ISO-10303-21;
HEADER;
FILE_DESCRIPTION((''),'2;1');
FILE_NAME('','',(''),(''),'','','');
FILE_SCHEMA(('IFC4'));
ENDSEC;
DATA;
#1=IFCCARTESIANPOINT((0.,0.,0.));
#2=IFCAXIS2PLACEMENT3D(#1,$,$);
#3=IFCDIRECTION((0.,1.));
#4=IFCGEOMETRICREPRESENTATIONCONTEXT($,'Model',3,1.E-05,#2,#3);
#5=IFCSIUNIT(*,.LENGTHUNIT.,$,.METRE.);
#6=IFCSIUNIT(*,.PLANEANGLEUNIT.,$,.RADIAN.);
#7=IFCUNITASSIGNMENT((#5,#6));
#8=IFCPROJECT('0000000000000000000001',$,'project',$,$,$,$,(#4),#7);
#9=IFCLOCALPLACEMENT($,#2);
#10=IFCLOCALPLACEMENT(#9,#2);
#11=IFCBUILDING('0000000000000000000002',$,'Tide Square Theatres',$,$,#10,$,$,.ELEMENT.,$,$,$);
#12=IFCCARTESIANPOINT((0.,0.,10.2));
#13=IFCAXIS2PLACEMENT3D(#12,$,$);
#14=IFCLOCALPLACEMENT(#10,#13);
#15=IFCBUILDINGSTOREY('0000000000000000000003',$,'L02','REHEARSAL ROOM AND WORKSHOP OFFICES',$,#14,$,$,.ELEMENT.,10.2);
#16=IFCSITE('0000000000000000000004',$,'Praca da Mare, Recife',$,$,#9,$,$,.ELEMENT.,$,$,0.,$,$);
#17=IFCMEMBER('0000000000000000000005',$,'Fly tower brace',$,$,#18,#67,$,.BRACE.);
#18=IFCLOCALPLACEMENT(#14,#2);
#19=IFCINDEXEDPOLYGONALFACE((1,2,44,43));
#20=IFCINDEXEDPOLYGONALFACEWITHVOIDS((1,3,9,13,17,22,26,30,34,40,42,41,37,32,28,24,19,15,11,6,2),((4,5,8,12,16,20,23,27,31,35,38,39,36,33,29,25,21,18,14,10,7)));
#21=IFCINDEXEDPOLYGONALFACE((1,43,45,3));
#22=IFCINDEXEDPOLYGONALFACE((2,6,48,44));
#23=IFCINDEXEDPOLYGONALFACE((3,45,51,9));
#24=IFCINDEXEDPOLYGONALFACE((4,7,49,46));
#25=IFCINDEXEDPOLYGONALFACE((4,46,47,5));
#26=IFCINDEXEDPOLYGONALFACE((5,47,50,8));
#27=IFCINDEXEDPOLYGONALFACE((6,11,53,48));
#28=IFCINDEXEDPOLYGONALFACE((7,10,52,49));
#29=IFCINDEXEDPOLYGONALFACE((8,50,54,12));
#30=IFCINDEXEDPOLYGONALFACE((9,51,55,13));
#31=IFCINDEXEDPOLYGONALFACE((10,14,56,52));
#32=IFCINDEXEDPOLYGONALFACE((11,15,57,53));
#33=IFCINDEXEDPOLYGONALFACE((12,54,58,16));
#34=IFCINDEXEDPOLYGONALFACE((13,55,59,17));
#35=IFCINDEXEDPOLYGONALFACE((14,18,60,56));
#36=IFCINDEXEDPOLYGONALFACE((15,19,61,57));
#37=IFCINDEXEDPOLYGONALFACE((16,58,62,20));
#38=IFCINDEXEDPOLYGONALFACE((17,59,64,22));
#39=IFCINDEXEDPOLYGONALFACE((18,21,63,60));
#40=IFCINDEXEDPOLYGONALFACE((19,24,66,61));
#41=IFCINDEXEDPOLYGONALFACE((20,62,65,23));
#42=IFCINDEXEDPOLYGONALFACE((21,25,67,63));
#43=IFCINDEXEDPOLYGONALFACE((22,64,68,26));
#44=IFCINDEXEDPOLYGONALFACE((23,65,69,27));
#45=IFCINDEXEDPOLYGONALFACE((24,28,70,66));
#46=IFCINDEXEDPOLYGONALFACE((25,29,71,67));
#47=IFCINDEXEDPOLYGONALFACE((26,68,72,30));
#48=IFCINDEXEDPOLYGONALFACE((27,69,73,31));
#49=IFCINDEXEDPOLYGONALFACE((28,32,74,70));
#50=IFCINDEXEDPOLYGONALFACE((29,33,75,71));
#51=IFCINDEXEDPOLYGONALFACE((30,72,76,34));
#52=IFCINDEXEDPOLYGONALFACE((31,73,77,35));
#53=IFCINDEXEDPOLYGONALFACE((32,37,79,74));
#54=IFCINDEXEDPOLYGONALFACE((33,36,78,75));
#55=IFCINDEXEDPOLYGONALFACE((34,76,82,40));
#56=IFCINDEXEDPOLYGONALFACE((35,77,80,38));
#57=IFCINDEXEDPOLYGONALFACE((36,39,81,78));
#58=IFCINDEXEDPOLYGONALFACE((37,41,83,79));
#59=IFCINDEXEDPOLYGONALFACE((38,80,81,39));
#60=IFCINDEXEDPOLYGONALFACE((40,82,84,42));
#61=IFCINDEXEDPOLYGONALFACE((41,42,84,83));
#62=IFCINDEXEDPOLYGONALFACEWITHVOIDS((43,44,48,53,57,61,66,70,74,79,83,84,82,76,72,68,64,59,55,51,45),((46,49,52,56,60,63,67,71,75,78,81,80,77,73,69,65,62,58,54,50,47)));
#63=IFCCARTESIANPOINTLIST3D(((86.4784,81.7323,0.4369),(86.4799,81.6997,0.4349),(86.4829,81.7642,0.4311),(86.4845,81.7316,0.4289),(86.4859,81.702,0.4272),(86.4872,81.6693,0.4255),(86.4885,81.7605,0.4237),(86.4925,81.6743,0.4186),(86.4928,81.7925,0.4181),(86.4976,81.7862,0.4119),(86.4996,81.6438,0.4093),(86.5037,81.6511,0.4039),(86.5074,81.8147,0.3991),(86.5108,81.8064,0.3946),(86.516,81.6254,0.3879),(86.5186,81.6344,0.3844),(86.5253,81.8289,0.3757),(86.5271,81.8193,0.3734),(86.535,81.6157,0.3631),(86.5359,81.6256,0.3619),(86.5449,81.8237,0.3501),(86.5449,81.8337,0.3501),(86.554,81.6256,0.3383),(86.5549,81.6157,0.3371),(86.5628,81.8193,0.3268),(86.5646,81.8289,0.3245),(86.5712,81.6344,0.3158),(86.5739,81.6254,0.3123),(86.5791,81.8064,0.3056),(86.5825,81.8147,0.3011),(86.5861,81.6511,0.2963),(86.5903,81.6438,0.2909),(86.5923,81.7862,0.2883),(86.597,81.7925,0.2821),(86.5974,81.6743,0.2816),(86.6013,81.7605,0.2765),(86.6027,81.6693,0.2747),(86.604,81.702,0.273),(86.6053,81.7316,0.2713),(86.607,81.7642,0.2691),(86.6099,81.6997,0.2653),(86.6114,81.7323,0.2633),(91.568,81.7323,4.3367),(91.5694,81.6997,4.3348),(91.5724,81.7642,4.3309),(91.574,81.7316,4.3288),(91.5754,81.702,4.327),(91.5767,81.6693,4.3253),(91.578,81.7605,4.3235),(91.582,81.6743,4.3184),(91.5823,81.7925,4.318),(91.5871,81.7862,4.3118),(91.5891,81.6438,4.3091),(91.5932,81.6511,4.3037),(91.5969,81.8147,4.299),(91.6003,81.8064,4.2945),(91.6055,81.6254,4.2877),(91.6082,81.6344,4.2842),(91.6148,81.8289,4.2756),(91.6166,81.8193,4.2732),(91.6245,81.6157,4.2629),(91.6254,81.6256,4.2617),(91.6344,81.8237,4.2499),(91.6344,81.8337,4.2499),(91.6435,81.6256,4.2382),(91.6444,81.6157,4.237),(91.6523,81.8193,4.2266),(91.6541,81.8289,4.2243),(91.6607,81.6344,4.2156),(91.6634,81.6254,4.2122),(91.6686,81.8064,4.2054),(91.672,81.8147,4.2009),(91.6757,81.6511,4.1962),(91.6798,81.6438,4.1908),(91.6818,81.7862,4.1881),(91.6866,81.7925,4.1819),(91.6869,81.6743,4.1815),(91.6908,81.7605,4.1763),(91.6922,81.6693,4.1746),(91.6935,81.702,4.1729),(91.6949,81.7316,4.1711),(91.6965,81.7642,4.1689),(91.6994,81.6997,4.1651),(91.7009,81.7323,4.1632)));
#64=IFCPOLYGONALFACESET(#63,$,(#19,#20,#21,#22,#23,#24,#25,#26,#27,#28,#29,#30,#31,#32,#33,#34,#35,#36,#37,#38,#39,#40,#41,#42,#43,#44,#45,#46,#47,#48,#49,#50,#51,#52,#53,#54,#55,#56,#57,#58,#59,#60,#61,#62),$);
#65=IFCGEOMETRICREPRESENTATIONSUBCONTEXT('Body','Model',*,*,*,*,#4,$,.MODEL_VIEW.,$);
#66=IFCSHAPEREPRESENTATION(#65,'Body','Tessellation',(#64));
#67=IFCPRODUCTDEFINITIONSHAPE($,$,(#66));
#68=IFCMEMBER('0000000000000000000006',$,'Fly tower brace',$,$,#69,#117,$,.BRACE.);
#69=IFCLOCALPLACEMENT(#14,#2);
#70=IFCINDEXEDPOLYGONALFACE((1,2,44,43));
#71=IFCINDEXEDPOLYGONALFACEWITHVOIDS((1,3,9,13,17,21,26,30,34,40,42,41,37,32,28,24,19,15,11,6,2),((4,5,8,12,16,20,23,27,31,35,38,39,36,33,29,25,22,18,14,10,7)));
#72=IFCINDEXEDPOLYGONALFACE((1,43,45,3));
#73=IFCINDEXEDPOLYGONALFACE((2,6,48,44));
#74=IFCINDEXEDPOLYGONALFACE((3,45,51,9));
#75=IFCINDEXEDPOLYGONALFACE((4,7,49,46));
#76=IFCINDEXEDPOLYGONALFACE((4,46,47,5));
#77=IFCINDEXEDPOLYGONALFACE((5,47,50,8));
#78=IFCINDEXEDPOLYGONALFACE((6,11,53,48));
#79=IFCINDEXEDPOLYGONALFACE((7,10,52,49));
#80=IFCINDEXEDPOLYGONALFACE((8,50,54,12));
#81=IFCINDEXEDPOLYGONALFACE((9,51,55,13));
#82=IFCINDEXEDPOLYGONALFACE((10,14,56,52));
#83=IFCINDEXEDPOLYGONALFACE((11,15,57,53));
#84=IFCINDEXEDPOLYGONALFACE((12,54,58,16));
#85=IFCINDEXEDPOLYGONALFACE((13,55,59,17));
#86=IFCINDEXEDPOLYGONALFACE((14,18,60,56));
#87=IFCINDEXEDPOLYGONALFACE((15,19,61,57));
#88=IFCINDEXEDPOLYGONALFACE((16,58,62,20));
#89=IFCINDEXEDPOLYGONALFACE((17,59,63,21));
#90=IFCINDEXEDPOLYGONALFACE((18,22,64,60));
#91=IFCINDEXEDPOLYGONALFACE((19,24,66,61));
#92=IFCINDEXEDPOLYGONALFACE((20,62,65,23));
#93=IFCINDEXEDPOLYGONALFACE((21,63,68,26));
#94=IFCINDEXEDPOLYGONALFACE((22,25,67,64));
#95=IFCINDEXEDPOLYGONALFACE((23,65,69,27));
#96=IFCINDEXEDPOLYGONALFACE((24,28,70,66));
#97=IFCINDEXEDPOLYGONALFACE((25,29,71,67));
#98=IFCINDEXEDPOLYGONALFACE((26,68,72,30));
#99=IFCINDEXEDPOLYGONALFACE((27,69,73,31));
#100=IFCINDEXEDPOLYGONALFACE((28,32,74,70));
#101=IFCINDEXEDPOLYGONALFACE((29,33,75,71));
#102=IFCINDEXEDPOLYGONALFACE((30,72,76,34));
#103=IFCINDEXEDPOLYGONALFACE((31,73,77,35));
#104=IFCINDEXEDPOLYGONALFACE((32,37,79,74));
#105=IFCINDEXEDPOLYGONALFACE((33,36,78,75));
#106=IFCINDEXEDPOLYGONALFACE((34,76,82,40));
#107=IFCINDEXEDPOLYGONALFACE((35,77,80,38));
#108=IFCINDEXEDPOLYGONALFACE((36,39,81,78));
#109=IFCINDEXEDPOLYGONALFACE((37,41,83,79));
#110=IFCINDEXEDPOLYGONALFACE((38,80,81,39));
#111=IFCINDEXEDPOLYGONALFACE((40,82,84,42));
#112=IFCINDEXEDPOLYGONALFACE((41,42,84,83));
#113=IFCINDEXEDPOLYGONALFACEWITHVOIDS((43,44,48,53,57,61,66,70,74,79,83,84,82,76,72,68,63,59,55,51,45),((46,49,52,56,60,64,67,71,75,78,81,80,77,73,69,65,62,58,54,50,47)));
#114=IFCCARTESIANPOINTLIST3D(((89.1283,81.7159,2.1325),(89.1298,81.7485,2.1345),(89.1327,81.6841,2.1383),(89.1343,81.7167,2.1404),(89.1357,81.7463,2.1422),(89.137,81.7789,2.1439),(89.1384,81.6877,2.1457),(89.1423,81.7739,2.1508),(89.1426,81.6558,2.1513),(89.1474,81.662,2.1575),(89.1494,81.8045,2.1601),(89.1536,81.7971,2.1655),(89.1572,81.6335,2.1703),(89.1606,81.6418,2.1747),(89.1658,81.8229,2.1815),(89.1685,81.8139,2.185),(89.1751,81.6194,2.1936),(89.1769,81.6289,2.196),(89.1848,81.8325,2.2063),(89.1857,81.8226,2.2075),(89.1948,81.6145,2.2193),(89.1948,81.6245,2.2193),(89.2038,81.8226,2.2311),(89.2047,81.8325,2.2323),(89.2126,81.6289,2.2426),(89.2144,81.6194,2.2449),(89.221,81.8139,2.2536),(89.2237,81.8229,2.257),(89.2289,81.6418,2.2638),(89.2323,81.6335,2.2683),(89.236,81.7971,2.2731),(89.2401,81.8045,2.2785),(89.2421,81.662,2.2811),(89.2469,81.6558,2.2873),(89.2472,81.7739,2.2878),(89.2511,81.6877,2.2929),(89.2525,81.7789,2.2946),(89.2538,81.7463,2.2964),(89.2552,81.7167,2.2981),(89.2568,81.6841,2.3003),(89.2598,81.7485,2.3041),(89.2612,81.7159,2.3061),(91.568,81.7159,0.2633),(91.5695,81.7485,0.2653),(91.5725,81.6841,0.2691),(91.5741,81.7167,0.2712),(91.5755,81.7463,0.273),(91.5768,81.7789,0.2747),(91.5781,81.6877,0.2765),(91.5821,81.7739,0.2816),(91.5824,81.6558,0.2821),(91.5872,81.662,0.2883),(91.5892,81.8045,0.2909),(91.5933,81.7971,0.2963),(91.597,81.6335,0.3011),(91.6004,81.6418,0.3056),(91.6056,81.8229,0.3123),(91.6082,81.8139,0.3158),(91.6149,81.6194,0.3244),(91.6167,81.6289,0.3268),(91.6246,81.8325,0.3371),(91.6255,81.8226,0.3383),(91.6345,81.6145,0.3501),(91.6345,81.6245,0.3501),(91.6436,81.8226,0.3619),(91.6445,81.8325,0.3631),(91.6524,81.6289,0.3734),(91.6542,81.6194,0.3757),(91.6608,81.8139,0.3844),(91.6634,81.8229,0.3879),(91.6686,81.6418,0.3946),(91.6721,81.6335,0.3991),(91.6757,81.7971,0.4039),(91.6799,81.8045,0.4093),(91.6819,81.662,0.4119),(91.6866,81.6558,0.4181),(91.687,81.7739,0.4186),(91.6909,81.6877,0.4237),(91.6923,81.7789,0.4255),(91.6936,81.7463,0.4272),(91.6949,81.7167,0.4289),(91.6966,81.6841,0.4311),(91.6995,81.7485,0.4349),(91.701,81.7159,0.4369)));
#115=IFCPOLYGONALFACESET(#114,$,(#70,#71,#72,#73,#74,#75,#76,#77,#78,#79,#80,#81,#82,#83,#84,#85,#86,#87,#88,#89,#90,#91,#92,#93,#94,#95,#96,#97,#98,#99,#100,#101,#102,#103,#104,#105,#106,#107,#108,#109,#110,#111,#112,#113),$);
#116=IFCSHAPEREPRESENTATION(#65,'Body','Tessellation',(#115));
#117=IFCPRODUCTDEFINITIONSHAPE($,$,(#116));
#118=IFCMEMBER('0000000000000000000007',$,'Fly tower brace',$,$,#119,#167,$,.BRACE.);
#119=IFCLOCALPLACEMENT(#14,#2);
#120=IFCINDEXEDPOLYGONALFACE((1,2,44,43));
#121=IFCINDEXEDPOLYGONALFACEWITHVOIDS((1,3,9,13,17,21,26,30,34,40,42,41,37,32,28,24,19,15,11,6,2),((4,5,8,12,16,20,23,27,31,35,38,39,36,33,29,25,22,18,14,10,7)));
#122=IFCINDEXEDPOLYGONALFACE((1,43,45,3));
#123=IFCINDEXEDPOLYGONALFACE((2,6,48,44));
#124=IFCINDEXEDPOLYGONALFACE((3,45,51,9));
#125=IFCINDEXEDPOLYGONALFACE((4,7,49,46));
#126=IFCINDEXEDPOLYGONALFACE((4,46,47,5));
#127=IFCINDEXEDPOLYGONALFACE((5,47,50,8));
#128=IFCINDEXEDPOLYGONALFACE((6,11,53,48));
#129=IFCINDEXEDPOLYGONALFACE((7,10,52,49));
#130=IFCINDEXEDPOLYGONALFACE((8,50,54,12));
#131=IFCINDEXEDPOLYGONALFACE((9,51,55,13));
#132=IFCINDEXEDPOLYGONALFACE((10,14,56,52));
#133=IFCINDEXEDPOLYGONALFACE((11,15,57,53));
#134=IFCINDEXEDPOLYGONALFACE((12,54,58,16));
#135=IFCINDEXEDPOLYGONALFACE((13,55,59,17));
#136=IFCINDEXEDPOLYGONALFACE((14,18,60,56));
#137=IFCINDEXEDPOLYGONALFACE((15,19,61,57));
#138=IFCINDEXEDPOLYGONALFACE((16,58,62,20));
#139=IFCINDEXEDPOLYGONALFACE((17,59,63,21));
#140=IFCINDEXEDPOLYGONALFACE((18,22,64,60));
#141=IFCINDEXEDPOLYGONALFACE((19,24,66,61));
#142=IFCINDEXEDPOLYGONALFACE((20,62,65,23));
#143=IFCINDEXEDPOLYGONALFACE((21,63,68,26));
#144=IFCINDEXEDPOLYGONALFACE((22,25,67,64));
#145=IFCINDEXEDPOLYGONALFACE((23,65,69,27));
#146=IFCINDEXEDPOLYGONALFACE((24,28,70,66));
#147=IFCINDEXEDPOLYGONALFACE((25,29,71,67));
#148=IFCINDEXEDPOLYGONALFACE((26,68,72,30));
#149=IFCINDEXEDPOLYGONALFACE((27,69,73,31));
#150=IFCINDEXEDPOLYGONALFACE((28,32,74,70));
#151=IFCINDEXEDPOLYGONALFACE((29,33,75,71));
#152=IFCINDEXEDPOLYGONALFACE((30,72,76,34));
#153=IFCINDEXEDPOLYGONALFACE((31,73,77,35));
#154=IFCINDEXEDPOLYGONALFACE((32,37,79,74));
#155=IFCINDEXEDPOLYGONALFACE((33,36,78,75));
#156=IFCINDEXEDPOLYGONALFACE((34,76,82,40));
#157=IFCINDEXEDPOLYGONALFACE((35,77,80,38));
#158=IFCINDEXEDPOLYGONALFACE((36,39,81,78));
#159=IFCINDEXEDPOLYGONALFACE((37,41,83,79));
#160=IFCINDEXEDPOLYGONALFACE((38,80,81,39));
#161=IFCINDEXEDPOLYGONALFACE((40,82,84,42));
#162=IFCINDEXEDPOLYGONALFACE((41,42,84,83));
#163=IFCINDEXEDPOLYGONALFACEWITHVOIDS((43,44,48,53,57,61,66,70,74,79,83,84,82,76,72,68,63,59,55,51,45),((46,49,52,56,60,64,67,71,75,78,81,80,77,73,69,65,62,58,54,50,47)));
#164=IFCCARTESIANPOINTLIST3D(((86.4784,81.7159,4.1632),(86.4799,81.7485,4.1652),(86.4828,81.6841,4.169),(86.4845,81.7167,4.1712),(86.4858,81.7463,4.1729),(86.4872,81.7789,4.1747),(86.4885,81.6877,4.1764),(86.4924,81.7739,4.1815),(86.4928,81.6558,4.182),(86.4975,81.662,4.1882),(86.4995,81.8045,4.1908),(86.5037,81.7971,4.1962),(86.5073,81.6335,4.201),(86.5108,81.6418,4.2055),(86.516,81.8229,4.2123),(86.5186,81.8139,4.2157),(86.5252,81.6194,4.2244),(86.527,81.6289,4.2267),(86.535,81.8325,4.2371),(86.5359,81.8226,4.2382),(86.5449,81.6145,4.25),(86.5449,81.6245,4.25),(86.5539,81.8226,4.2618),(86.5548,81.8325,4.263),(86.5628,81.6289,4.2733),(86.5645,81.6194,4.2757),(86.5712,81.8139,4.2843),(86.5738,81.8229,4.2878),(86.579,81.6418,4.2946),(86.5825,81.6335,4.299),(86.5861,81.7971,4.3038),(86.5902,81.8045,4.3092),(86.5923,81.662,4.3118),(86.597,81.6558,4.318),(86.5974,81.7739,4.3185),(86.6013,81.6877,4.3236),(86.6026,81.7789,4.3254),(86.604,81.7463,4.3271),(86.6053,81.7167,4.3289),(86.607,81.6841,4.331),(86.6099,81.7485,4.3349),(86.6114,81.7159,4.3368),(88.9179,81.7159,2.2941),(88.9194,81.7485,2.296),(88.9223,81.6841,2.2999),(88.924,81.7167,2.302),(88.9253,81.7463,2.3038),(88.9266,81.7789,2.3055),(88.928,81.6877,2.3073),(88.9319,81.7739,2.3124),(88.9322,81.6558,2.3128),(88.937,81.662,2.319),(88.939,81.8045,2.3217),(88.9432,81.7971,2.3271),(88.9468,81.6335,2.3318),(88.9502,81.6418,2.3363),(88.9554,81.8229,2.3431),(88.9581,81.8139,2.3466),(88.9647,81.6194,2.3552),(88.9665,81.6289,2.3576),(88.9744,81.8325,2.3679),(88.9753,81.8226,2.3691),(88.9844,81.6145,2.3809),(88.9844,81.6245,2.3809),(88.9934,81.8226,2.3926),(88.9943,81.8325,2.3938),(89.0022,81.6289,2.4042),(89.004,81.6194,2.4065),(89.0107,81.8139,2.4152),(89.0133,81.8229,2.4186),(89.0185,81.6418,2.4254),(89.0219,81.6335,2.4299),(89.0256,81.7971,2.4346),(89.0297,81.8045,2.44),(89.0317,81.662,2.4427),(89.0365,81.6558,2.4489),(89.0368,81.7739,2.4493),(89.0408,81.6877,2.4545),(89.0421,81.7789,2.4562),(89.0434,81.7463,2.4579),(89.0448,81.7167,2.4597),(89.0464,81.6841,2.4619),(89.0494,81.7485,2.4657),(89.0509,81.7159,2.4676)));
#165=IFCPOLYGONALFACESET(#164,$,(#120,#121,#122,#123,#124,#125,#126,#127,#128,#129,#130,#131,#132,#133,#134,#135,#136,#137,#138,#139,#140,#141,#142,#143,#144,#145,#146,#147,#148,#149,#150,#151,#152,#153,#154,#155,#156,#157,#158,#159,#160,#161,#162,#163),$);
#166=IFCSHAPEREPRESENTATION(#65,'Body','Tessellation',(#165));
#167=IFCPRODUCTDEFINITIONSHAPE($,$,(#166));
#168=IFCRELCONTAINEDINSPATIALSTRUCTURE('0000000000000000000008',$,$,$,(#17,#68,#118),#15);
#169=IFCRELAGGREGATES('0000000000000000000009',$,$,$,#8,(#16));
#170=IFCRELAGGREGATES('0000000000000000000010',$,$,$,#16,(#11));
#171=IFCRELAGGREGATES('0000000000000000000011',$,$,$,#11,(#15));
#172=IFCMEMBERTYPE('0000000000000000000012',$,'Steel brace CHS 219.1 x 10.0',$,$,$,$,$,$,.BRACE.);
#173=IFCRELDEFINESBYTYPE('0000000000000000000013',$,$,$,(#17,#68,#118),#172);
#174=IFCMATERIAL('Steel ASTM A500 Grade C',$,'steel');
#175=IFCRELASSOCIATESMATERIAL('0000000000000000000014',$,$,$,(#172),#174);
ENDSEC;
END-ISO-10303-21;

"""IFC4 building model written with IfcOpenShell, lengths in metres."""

from ifc_helpers import new_model, si_unit, direction, frame, origin, origin_2d, place, context, subcontext, project, spatial, hollow_circle, extrude, material, material_profile, profile_set, type_object, element, save


model = new_model("IFC4")

# Units and contexts
model_context = context("Model", 3, precision=1e-05, world=origin(), true_north=direction((0.0, 1.0)))
body_context = subcontext(model_context, "Body", "Model", "MODEL_VIEW")
ifc_project = project(units=[si_unit("LENGTHUNIT", "METRE"), si_unit("PLANEANGLEUNIT", "RADIAN")], contexts=[model_context])

# Site, building, storey
site_placement = place(None, origin())
site = spatial("IfcSite", under=ifc_project, at=site_placement, Name="Praca da Mare, Recife", CompositionType="ELEMENT", RefElevation=0.0)
building_placement = place(site_placement, origin())
building = spatial("IfcBuilding", under=site, at=building_placement, Name="Tide Square Theatres", CompositionType="ELEMENT")
storey_placement = place(building_placement, frame((0.0, 0.0, 10.2)))
storey = spatial("IfcBuildingStorey", under=building, at=storey_placement, Name="L02", Description="REHEARSAL ROOM AND WORKSHOP OFFICES", CompositionType="ELEMENT", Elevation=10.2)

# Members
ifc_material_1 = material(Name="Steel ASTM A500 Grade C", Category="steel")
ifc_material_profile_1 = material_profile(ifc_material_1, hollow_circle(Radius=0.1096, WallThickness=0.01, at=origin_2d()))
ifc_profile_set_1 = profile_set([ifc_material_profile_1], Name="Steel ASTM A500 Grade C")
member_type = type_object("IfcMemberType", Name="Steel brace CHS 219.1 x 10.0", PredefinedType="BRACE", material=ifc_profile_set_1)
member_1_placement = place(storey_placement, frame((86.5449, 81.7241, 0.3501), z_axis=(0.793766, 0.0, 0.608223), x_axis=(0.0, 1.0, 0.0)))
element("IfcMember", 1, at=member_1_placement, inside=storey, type_object=member_type, Name="Fly tower brace", PredefinedType="BRACE", context=body_context, shape_type="SweptSolid", body=[
    extrude(hollow_circle(Radius=0.1096, WallThickness=0.01, at=origin_2d()), origin(), (0.0, 0.0, 1.0), 6.4119),
])
member_2_placement = place(storey_placement, frame((91.6345, 81.7241, 0.3501), z_axis=(-0.79381, 0.0, 0.608166), x_axis=(0.0, -1.0, 0.0)))
element("IfcMember", 2, at=member_2_placement, inside=storey, type_object=member_type, Name="Fly tower brace", PredefinedType="BRACE", context=body_context, shape_type="SweptSolid", body=[
    extrude(hollow_circle(Radius=0.1096, WallThickness=0.01, at=origin_2d()), origin(), (0.0, 0.0, 1.0), 3.0735),
])
member_3_placement = place(storey_placement, frame((88.9844, 81.7241, 2.3809), z_axis=(-0.79378, 0.0, 0.608205), x_axis=(0.0, -1.0, 0.0)))
element("IfcMember", 3, at=member_3_placement, inside=storey, type_object=member_type, Name="Fly tower brace", PredefinedType="BRACE", context=body_context, shape_type="SweptSolid", body=[
    extrude(hollow_circle(Radius=0.1096, WallThickness=0.01, at=origin_2d()), origin(), (0.0, 0.0, 1.0), 3.0732),
])

save(model, "model.ifc")
